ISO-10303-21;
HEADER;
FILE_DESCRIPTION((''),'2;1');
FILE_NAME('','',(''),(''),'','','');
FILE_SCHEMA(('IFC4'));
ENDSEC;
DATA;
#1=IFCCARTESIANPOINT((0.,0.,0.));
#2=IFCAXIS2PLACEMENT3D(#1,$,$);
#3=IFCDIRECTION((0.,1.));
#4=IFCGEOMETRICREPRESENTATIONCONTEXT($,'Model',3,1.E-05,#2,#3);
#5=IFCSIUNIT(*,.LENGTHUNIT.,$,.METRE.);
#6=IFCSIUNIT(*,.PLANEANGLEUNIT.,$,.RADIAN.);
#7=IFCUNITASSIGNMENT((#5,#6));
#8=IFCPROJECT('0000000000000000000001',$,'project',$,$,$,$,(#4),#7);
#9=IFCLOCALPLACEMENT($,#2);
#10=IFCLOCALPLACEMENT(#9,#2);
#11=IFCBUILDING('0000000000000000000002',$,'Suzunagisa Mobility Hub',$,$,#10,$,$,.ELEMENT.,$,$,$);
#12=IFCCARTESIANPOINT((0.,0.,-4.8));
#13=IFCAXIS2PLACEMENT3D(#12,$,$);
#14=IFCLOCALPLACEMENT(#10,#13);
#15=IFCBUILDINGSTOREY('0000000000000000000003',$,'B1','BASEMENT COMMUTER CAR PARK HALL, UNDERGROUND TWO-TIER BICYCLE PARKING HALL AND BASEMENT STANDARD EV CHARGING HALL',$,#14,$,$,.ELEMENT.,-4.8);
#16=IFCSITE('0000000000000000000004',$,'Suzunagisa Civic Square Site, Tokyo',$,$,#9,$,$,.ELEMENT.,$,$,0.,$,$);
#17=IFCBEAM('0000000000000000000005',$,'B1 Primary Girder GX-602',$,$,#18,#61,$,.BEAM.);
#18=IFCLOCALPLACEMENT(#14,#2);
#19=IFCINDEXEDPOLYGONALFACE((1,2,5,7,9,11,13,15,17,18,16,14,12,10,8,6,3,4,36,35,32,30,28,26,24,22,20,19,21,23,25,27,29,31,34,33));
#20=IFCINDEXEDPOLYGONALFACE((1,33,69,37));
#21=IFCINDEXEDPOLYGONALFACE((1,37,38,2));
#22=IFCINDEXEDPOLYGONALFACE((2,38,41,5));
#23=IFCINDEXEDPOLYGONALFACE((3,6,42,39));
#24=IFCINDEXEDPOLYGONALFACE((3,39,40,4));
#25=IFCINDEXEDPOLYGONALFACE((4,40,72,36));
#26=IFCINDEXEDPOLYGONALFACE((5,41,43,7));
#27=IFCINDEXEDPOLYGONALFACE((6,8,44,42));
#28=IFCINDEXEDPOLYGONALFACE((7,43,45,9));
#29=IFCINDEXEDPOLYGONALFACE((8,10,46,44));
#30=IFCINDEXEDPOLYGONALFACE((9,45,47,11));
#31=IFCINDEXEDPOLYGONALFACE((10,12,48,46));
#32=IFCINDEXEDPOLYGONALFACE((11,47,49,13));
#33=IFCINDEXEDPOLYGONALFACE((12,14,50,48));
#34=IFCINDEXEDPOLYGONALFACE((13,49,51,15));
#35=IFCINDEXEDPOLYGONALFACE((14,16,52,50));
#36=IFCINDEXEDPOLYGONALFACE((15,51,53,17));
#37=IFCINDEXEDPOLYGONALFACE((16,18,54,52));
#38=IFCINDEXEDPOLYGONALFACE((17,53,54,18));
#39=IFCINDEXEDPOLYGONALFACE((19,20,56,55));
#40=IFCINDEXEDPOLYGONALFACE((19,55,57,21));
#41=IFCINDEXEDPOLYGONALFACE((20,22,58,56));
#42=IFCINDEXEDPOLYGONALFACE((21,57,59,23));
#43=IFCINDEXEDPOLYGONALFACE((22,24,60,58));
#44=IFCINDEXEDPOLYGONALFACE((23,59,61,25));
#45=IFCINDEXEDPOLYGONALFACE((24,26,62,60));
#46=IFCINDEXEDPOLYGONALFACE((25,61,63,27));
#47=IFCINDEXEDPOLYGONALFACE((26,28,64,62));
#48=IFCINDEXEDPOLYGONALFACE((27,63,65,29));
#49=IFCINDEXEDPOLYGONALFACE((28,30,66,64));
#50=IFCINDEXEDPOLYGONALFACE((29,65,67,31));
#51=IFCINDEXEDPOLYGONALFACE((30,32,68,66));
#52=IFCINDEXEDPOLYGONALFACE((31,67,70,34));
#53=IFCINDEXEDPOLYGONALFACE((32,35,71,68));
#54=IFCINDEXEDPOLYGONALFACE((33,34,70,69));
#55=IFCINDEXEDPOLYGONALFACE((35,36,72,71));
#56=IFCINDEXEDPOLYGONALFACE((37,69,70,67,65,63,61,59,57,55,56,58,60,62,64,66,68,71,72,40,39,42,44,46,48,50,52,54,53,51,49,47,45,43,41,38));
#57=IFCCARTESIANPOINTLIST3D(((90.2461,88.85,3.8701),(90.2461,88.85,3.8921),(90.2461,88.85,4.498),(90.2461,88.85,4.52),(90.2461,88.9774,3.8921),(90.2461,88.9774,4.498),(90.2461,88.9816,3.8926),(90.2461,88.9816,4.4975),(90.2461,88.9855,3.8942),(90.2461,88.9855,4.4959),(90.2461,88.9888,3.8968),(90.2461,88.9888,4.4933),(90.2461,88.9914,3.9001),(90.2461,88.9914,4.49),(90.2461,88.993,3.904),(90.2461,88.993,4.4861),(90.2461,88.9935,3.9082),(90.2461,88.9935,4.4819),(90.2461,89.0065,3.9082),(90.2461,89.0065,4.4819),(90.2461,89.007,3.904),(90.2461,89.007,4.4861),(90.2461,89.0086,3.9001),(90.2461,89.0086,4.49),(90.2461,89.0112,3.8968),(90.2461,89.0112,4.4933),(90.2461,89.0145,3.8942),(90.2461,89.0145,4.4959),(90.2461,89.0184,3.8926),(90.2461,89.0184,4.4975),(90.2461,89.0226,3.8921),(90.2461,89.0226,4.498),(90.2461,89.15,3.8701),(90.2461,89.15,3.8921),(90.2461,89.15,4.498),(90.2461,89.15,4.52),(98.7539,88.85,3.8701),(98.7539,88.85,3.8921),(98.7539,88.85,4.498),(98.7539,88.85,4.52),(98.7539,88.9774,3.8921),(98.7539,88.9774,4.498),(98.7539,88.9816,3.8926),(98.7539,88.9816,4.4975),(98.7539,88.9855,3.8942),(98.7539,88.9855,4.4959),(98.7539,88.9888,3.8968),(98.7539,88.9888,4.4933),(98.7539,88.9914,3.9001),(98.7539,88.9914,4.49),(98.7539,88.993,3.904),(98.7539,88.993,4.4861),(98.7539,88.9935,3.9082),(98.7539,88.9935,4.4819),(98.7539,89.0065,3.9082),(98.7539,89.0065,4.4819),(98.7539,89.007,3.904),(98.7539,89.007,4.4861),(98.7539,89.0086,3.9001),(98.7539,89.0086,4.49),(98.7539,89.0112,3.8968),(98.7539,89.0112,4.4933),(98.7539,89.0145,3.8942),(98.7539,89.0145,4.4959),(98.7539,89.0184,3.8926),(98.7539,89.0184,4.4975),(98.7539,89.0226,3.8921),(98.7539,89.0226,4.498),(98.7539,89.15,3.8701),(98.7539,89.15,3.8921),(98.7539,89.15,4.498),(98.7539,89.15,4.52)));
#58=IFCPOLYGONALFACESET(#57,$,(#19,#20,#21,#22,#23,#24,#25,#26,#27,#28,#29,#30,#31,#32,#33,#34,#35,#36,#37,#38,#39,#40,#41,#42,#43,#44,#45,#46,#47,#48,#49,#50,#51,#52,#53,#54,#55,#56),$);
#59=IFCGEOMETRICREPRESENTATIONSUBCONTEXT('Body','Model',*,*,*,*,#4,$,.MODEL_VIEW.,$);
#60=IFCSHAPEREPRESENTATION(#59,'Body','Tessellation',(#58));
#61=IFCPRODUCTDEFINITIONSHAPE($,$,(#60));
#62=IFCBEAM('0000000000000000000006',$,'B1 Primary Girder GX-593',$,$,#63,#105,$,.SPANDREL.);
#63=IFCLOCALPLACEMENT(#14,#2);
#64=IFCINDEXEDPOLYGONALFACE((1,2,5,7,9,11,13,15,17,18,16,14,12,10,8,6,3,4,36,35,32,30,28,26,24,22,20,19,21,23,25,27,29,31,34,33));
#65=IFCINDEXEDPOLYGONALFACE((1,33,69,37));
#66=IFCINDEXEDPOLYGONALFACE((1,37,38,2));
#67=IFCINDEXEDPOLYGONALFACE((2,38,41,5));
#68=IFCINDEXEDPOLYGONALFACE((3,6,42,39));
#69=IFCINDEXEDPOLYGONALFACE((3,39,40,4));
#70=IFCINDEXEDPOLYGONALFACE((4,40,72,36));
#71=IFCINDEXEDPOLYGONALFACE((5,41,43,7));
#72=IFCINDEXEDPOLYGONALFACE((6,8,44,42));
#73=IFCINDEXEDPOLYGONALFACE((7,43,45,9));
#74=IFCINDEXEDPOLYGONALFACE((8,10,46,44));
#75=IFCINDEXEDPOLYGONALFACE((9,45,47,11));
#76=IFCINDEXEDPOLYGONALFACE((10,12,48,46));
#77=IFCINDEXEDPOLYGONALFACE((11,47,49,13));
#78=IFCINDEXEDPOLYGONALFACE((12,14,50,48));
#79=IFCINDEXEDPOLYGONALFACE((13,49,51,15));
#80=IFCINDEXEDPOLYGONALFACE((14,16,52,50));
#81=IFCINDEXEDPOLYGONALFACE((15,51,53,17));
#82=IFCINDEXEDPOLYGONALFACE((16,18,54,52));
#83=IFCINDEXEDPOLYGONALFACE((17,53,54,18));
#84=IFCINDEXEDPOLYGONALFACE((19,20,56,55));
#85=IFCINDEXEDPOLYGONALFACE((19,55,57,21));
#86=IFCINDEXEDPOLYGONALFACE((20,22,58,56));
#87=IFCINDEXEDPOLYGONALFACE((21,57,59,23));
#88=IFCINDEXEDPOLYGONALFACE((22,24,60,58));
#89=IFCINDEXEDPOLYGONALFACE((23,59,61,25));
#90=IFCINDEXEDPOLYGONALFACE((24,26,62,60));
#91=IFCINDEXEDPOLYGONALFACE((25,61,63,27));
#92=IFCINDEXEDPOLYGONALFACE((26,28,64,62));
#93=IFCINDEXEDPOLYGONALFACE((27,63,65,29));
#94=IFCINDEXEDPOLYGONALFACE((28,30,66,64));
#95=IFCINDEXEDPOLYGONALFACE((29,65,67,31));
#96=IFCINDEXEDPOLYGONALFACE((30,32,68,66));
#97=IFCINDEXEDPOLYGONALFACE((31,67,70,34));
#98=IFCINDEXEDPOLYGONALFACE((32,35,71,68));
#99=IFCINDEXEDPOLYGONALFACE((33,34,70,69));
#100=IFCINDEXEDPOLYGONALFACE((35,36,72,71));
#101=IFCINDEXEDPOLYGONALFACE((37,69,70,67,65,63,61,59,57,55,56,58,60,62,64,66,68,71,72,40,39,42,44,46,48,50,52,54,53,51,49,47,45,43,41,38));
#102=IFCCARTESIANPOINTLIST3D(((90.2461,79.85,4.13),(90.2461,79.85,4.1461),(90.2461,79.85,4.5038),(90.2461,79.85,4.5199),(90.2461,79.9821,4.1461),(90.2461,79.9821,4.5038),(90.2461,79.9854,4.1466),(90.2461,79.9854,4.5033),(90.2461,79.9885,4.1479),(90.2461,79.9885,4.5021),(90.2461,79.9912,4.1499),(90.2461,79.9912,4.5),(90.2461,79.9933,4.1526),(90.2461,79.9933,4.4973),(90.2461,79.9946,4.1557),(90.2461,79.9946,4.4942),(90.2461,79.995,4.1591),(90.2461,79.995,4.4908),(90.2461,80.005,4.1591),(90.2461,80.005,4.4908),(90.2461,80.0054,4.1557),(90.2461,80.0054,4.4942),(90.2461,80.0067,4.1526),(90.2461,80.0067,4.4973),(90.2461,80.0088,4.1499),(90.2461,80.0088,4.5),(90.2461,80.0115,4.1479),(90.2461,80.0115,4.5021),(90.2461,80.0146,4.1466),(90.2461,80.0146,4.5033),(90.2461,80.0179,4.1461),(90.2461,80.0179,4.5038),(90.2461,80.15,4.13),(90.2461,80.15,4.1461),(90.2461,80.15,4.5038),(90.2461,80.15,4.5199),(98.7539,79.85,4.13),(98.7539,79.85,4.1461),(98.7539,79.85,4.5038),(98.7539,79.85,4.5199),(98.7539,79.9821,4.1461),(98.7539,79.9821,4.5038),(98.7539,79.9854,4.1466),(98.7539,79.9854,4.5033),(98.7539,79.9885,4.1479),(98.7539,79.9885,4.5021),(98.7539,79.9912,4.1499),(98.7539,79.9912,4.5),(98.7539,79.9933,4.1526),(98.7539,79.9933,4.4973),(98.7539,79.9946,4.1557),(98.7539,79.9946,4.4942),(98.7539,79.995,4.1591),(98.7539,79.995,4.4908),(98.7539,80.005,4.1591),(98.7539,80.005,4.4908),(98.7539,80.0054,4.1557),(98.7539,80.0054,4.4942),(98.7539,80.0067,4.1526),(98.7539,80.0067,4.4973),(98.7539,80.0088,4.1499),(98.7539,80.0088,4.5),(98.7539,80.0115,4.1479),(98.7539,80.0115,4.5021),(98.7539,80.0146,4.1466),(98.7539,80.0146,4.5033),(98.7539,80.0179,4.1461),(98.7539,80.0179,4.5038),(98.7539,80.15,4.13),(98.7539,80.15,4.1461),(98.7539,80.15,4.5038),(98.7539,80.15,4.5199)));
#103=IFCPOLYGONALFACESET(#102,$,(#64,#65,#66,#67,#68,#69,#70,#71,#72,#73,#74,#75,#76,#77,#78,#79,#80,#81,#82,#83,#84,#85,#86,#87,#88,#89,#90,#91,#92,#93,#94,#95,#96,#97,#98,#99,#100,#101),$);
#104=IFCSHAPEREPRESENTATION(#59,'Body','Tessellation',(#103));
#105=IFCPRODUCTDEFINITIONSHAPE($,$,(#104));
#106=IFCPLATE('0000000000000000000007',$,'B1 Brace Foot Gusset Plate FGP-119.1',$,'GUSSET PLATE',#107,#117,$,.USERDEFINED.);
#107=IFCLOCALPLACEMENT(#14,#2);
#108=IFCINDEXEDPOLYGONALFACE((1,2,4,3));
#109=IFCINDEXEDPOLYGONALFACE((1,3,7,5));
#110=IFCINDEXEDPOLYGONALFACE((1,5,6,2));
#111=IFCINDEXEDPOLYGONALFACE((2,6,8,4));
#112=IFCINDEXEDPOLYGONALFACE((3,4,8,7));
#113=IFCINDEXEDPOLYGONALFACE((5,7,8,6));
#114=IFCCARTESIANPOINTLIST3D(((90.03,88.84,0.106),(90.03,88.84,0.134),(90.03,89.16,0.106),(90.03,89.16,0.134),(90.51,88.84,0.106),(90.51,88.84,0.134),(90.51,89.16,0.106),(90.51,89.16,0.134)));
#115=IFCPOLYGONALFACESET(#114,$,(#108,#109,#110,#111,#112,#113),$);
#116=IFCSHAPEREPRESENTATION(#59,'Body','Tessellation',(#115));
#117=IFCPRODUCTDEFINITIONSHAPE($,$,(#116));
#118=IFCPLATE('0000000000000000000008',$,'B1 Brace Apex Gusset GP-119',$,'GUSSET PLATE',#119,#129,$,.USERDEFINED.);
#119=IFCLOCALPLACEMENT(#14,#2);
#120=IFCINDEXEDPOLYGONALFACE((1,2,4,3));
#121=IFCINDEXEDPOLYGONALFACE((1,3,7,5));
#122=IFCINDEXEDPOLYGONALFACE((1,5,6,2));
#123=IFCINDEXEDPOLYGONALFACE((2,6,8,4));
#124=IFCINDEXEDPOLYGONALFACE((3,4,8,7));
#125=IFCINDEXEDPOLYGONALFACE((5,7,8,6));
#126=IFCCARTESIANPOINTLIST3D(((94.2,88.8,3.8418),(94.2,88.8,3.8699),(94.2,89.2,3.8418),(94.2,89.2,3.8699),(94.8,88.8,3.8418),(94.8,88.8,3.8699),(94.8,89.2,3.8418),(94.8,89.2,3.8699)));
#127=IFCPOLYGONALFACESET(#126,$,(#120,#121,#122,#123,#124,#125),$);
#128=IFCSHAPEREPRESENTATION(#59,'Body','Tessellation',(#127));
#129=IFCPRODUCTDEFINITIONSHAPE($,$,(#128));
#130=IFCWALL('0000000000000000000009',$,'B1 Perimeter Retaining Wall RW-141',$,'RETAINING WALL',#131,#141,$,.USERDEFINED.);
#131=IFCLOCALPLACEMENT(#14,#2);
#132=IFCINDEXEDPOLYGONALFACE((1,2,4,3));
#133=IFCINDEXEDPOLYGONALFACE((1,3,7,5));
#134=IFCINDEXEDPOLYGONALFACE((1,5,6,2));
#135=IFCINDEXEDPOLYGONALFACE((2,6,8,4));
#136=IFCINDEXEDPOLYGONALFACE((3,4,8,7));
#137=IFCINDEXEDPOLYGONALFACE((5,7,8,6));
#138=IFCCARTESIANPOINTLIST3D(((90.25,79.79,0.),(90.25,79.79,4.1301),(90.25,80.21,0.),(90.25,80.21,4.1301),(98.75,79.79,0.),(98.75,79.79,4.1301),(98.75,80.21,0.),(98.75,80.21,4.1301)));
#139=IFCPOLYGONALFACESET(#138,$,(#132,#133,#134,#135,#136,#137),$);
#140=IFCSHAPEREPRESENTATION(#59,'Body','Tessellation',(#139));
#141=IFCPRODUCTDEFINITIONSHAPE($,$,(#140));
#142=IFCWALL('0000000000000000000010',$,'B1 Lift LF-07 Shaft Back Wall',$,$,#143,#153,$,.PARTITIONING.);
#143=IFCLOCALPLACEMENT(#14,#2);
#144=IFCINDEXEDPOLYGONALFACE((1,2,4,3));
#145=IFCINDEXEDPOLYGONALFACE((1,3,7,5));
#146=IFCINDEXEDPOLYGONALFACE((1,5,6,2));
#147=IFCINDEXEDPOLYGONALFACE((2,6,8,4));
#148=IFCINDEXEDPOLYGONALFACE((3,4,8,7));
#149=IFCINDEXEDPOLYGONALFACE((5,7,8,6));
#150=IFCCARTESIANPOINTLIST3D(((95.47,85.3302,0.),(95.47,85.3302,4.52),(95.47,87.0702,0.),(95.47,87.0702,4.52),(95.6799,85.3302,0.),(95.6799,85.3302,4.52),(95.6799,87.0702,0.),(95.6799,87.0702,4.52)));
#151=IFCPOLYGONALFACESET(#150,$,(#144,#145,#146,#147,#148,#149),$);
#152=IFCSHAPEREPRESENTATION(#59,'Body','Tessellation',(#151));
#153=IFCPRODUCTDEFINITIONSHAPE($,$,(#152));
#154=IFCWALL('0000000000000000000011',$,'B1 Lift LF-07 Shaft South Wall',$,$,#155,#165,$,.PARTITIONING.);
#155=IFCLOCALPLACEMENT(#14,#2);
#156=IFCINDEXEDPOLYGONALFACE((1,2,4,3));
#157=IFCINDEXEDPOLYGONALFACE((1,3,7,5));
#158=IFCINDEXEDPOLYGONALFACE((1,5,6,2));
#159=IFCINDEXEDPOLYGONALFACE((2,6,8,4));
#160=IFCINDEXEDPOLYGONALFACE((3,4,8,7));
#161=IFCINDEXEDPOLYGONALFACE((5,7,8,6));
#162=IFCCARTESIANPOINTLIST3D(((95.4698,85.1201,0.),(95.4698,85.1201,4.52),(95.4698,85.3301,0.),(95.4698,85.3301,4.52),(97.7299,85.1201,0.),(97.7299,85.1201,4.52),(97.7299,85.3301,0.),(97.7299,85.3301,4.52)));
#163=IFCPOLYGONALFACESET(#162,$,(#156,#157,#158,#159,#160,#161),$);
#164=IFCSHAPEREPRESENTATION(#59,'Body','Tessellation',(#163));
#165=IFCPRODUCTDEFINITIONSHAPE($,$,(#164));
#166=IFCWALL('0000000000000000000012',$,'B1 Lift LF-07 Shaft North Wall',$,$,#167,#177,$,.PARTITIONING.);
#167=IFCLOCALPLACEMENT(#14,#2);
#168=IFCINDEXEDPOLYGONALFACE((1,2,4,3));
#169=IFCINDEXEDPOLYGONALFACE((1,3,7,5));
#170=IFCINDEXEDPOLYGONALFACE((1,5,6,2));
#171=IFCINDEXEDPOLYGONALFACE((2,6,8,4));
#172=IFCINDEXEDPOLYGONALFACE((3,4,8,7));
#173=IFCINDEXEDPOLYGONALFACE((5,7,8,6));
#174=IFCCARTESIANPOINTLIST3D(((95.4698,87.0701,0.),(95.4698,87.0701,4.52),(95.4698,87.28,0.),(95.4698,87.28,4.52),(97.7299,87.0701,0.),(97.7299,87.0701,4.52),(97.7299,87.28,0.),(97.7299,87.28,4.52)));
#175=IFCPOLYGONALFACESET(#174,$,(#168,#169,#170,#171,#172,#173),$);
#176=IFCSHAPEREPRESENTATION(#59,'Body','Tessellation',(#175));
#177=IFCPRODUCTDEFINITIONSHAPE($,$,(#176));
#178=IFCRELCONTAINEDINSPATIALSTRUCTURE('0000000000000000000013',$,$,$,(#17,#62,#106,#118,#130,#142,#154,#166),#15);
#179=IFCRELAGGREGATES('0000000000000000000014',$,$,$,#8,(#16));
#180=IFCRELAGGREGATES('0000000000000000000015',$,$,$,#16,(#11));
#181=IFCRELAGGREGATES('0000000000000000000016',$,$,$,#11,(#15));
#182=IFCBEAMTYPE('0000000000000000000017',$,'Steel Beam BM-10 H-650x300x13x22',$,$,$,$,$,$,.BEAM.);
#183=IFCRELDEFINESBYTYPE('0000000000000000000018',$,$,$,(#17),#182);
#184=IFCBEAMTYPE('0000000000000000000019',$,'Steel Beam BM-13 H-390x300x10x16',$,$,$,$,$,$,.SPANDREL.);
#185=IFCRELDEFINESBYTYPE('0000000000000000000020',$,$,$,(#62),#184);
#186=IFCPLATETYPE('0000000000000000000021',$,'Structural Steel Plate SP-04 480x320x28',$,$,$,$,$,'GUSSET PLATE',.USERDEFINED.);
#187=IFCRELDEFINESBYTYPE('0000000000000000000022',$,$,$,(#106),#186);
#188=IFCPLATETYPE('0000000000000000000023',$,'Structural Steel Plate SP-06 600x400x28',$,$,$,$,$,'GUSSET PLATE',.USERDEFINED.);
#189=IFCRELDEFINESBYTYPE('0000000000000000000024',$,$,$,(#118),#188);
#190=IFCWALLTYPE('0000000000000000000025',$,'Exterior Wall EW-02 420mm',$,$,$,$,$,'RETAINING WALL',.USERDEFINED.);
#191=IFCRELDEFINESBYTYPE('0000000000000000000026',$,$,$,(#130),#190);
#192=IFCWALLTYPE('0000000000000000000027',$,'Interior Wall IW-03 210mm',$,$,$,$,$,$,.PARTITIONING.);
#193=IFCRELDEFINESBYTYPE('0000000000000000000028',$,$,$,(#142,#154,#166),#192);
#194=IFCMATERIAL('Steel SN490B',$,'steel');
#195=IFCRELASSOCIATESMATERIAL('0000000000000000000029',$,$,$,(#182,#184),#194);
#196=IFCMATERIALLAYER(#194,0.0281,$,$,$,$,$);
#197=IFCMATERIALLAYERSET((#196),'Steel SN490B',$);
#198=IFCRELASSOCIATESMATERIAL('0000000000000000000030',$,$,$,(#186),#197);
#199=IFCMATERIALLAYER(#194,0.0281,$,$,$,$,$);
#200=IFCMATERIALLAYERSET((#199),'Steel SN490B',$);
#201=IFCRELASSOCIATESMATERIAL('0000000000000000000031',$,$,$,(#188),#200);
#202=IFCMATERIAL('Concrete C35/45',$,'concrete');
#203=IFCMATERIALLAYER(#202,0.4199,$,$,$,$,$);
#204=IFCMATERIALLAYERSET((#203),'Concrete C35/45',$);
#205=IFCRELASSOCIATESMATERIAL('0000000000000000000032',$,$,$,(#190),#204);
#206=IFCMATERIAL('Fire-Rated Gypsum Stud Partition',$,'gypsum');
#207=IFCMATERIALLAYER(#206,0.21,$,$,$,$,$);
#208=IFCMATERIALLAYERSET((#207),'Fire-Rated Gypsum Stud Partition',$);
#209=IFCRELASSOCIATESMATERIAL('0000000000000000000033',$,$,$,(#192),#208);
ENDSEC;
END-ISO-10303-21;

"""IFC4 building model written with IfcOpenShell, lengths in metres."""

from ifc_helpers import new_model, si_unit, direction, frame, frame_2d, origin, origin_2d, place, context, subcontext, project, spatial, rectangle, i_section, extrude, material, layer, layer_set, material_profile, profile_set, type_object, element, save


model = new_model("IFC4")

# Units and contexts
model_context = context("Model", 3, precision=1e-05, world=origin(), true_north=direction((0.0, 1.0)))
body_context = subcontext(model_context, "Body", "Model", "MODEL_VIEW")
ifc_project = project(units=[si_unit("LENGTHUNIT", "METRE"), si_unit("PLANEANGLEUNIT", "RADIAN")], contexts=[model_context])

# Site, building, storey
site_placement = place(None, origin())
site = spatial("IfcSite", under=ifc_project, at=site_placement, Name="Suzunagisa Civic Square Site, Tokyo", CompositionType="ELEMENT", RefElevation=0.0)
building_placement = place(site_placement, origin())
building = spatial("IfcBuilding", under=site, at=building_placement, Name="Suzunagisa Mobility Hub", CompositionType="ELEMENT")
storey_placement = place(building_placement, frame((0.0, 0.0, -4.8)))
storey = spatial("IfcBuildingStorey", under=building, at=storey_placement, Name="B1", Description="BASEMENT COMMUTER CAR PARK HALL, UNDERGROUND TWO-TIER BICYCLE PARKING HALL AND BASEMENT STANDARD EV CHARGING HALL", CompositionType="ELEMENT", Elevation=-4.8)

# Shared definitions
ifc_material_1 = material(Name="Steel SN490B", Category="steel")

# Beams
ifc_material_profile_1 = material_profile(ifc_material_1, i_section(OverallWidth=0.3, OverallDepth=0.6499, WebThickness=0.0129, FlangeThickness=0.022, FilletRadius=0.0161, at=origin_2d()), Name="H-650x300x13x22")
ifc_profile_set_1 = profile_set([ifc_material_profile_1], Name="Steel SN490B")
beam_type_1 = type_object("IfcBeamType", Name="Steel Beam BM-10 H-650x300x13x22", PredefinedType="BEAM", material=ifc_profile_set_1)
beam_1_placement = place(storey_placement, frame((90.2461, 89.0, 4.1951), z_axis=(1.0, 0.0, 0.0), x_axis=(0.0, 1.0, 0.0)))
element("IfcBeam", 1, at=beam_1_placement, inside=storey, type_object=beam_type_1, Name="B1 Primary Girder GX-602", PredefinedType="BEAM", context=body_context, shape_type="SweptSolid", body=[
    extrude(i_section(OverallWidth=0.3, OverallDepth=0.6499, WebThickness=0.0129, FlangeThickness=0.022, FilletRadius=0.0161, at=origin_2d()), origin(), (0.0, 0.0, 1.0), 8.5078),
])
ifc_material_profile_2 = material_profile(ifc_material_1, i_section(OverallWidth=0.3, OverallDepth=0.3899, WebThickness=0.01, FlangeThickness=0.0161, FilletRadius=0.0129, at=origin_2d()), Name="H-390x300x10x16")
ifc_profile_set_2 = profile_set([ifc_material_profile_2], Name="Steel SN490B")
beam_type_2 = type_object("IfcBeamType", Name="Steel Beam BM-13 H-390x300x10x16", PredefinedType="SPANDREL", material=ifc_profile_set_2)
beam_2_placement = place(storey_placement, frame((90.2461, 80.0, 4.325), z_axis=(1.0, 0.0, 0.0), x_axis=(0.0, 1.0, 0.0)))
element("IfcBeam", 2, at=beam_2_placement, inside=storey, type_object=beam_type_2, Name="B1 Primary Girder GX-593", PredefinedType="SPANDREL", context=body_context, shape_type="SweptSolid", body=[
    extrude(i_section(OverallWidth=0.3, OverallDepth=0.3899, WebThickness=0.01, FlangeThickness=0.0161, FilletRadius=0.0129, at=origin_2d()), origin(), (0.0, 0.0, 1.0), 8.5078),
])

# Plates
ifc_layer_1 = layer(ifc_material_1, 0.0281)
ifc_layer_set_1 = layer_set([ifc_layer_1], Name="Steel SN490B")
plate_type_1 = type_object("IfcPlateType", Name="Structural Steel Plate SP-04 480x320x28", ElementType="GUSSET PLATE", PredefinedType="USERDEFINED", material=ifc_layer_set_1)
plate_1_placement = place(storey_placement, frame((90.27, 89.0, 0.106), z_axis=(0.0, 0.0, 1.0), x_axis=(1.0, 0.0, 0.0)))
element("IfcPlate", 3, at=plate_1_placement, inside=storey, type_object=plate_type_1, Name="B1 Brace Foot Gusset Plate FGP-119.1", ObjectType="GUSSET PLATE", PredefinedType="USERDEFINED", context=body_context, shape_type="SweptSolid", body=[
    extrude(rectangle(XDim=0.48, YDim=0.3201, at=origin_2d()), origin(), (0.0, 0.0, 1.0), 0.0281),
])
ifc_layer_2 = layer(ifc_material_1, 0.0281)
ifc_layer_set_2 = layer_set([ifc_layer_2], Name="Steel SN490B")
plate_type_2 = type_object("IfcPlateType", Name="Structural Steel Plate SP-06 600x400x28", ElementType="GUSSET PLATE", PredefinedType="USERDEFINED", material=ifc_layer_set_2)
plate_2_placement = place(storey_placement, frame((94.5, 89.0, 3.8418), z_axis=(0.0, 0.0, 1.0), x_axis=(1.0, 0.0, 0.0)))
element("IfcPlate", 4, at=plate_2_placement, inside=storey, type_object=plate_type_2, Name="B1 Brace Apex Gusset GP-119", ObjectType="GUSSET PLATE", PredefinedType="USERDEFINED", context=body_context, shape_type="SweptSolid", body=[
    extrude(rectangle(XDim=0.6001, YDim=0.3999, at=origin_2d()), origin(), (0.0, 0.0, 1.0), 0.0281),
])

# Walls
ifc_material_2 = material(Name="Concrete C35/45", Category="concrete")
ifc_layer_3 = layer(ifc_material_2, 0.4199)
ifc_layer_set_3 = layer_set([ifc_layer_3], Name="Concrete C35/45")
wall_type_1 = type_object("IfcWallType", Name="Exterior Wall EW-02 420mm", ElementType="RETAINING WALL", PredefinedType="USERDEFINED", material=ifc_layer_set_3)
wall_1_placement = place(storey_placement, frame((90.25, 80.0, 0.0), z_axis=(0.0, 0.0, 1.0), x_axis=(1.0, 0.0, 0.0)))
element("IfcWall", 5, at=wall_1_placement, inside=storey, type_object=wall_type_1, Name="B1 Perimeter Retaining Wall RW-141", ObjectType="RETAINING WALL", PredefinedType="USERDEFINED", context=body_context, shape_type="SweptSolid", body=[
    extrude(rectangle(XDim=8.5, YDim=0.4199, at=frame_2d((4.25, 0.0))), origin(), (0.0, 0.0, 1.0), 4.1301),
])
ifc_material_3 = material(Name="Fire-Rated Gypsum Stud Partition", Category="gypsum")
ifc_layer_4 = layer(ifc_material_3, 0.21)
ifc_layer_set_4 = layer_set([ifc_layer_4], Name="Fire-Rated Gypsum Stud Partition")
wall_type_2 = type_object("IfcWallType", Name="Interior Wall IW-03 210mm", PredefinedType="PARTITIONING", material=ifc_layer_set_4)
wall_2_placement = place(storey_placement, frame((95.575, 85.3301, 0.0), z_axis=(0.0, 0.0, 1.0), x_axis=(0.0, 1.0, 0.0)))
element("IfcWall", 6, at=wall_2_placement, inside=storey, type_object=wall_type_2, Name="B1 Lift LF-07 Shaft Back Wall", PredefinedType="PARTITIONING", context=body_context, shape_type="SweptSolid", body=[
    extrude(rectangle(XDim=1.74, YDim=0.21, at=frame_2d((0.8701, 0.0))), origin(), (0.0, 0.0, 1.0), 4.52),
])
for number, where, z_axis, x_axis, name in (
    (7, (95.47, 85.2251, 0.0), (0.0, 0.0, 1.0), (1.0, 0.0, 0.0), "B1 Lift LF-07 Shaft South Wall"),
    (8, (95.47, 87.175, 0.0), (0.0, 0.0, 1.0), (1.0, 0.0, 0.0), "B1 Lift LF-07 Shaft North Wall"),
):
    element("IfcWall", number, at=place(storey_placement, frame(where, z_axis=z_axis, x_axis=x_axis)), inside=storey, type_object=wall_type_2, Name=name, PredefinedType="PARTITIONING", context=body_context, shape_type="SweptSolid", body=[
        extrude(rectangle(XDim=2.26, YDim=0.21, at=frame_2d((1.1299, 0.0))), origin(), (0.0, 0.0, 1.0), 4.52),
    ])

save(model, "model.ifc")
